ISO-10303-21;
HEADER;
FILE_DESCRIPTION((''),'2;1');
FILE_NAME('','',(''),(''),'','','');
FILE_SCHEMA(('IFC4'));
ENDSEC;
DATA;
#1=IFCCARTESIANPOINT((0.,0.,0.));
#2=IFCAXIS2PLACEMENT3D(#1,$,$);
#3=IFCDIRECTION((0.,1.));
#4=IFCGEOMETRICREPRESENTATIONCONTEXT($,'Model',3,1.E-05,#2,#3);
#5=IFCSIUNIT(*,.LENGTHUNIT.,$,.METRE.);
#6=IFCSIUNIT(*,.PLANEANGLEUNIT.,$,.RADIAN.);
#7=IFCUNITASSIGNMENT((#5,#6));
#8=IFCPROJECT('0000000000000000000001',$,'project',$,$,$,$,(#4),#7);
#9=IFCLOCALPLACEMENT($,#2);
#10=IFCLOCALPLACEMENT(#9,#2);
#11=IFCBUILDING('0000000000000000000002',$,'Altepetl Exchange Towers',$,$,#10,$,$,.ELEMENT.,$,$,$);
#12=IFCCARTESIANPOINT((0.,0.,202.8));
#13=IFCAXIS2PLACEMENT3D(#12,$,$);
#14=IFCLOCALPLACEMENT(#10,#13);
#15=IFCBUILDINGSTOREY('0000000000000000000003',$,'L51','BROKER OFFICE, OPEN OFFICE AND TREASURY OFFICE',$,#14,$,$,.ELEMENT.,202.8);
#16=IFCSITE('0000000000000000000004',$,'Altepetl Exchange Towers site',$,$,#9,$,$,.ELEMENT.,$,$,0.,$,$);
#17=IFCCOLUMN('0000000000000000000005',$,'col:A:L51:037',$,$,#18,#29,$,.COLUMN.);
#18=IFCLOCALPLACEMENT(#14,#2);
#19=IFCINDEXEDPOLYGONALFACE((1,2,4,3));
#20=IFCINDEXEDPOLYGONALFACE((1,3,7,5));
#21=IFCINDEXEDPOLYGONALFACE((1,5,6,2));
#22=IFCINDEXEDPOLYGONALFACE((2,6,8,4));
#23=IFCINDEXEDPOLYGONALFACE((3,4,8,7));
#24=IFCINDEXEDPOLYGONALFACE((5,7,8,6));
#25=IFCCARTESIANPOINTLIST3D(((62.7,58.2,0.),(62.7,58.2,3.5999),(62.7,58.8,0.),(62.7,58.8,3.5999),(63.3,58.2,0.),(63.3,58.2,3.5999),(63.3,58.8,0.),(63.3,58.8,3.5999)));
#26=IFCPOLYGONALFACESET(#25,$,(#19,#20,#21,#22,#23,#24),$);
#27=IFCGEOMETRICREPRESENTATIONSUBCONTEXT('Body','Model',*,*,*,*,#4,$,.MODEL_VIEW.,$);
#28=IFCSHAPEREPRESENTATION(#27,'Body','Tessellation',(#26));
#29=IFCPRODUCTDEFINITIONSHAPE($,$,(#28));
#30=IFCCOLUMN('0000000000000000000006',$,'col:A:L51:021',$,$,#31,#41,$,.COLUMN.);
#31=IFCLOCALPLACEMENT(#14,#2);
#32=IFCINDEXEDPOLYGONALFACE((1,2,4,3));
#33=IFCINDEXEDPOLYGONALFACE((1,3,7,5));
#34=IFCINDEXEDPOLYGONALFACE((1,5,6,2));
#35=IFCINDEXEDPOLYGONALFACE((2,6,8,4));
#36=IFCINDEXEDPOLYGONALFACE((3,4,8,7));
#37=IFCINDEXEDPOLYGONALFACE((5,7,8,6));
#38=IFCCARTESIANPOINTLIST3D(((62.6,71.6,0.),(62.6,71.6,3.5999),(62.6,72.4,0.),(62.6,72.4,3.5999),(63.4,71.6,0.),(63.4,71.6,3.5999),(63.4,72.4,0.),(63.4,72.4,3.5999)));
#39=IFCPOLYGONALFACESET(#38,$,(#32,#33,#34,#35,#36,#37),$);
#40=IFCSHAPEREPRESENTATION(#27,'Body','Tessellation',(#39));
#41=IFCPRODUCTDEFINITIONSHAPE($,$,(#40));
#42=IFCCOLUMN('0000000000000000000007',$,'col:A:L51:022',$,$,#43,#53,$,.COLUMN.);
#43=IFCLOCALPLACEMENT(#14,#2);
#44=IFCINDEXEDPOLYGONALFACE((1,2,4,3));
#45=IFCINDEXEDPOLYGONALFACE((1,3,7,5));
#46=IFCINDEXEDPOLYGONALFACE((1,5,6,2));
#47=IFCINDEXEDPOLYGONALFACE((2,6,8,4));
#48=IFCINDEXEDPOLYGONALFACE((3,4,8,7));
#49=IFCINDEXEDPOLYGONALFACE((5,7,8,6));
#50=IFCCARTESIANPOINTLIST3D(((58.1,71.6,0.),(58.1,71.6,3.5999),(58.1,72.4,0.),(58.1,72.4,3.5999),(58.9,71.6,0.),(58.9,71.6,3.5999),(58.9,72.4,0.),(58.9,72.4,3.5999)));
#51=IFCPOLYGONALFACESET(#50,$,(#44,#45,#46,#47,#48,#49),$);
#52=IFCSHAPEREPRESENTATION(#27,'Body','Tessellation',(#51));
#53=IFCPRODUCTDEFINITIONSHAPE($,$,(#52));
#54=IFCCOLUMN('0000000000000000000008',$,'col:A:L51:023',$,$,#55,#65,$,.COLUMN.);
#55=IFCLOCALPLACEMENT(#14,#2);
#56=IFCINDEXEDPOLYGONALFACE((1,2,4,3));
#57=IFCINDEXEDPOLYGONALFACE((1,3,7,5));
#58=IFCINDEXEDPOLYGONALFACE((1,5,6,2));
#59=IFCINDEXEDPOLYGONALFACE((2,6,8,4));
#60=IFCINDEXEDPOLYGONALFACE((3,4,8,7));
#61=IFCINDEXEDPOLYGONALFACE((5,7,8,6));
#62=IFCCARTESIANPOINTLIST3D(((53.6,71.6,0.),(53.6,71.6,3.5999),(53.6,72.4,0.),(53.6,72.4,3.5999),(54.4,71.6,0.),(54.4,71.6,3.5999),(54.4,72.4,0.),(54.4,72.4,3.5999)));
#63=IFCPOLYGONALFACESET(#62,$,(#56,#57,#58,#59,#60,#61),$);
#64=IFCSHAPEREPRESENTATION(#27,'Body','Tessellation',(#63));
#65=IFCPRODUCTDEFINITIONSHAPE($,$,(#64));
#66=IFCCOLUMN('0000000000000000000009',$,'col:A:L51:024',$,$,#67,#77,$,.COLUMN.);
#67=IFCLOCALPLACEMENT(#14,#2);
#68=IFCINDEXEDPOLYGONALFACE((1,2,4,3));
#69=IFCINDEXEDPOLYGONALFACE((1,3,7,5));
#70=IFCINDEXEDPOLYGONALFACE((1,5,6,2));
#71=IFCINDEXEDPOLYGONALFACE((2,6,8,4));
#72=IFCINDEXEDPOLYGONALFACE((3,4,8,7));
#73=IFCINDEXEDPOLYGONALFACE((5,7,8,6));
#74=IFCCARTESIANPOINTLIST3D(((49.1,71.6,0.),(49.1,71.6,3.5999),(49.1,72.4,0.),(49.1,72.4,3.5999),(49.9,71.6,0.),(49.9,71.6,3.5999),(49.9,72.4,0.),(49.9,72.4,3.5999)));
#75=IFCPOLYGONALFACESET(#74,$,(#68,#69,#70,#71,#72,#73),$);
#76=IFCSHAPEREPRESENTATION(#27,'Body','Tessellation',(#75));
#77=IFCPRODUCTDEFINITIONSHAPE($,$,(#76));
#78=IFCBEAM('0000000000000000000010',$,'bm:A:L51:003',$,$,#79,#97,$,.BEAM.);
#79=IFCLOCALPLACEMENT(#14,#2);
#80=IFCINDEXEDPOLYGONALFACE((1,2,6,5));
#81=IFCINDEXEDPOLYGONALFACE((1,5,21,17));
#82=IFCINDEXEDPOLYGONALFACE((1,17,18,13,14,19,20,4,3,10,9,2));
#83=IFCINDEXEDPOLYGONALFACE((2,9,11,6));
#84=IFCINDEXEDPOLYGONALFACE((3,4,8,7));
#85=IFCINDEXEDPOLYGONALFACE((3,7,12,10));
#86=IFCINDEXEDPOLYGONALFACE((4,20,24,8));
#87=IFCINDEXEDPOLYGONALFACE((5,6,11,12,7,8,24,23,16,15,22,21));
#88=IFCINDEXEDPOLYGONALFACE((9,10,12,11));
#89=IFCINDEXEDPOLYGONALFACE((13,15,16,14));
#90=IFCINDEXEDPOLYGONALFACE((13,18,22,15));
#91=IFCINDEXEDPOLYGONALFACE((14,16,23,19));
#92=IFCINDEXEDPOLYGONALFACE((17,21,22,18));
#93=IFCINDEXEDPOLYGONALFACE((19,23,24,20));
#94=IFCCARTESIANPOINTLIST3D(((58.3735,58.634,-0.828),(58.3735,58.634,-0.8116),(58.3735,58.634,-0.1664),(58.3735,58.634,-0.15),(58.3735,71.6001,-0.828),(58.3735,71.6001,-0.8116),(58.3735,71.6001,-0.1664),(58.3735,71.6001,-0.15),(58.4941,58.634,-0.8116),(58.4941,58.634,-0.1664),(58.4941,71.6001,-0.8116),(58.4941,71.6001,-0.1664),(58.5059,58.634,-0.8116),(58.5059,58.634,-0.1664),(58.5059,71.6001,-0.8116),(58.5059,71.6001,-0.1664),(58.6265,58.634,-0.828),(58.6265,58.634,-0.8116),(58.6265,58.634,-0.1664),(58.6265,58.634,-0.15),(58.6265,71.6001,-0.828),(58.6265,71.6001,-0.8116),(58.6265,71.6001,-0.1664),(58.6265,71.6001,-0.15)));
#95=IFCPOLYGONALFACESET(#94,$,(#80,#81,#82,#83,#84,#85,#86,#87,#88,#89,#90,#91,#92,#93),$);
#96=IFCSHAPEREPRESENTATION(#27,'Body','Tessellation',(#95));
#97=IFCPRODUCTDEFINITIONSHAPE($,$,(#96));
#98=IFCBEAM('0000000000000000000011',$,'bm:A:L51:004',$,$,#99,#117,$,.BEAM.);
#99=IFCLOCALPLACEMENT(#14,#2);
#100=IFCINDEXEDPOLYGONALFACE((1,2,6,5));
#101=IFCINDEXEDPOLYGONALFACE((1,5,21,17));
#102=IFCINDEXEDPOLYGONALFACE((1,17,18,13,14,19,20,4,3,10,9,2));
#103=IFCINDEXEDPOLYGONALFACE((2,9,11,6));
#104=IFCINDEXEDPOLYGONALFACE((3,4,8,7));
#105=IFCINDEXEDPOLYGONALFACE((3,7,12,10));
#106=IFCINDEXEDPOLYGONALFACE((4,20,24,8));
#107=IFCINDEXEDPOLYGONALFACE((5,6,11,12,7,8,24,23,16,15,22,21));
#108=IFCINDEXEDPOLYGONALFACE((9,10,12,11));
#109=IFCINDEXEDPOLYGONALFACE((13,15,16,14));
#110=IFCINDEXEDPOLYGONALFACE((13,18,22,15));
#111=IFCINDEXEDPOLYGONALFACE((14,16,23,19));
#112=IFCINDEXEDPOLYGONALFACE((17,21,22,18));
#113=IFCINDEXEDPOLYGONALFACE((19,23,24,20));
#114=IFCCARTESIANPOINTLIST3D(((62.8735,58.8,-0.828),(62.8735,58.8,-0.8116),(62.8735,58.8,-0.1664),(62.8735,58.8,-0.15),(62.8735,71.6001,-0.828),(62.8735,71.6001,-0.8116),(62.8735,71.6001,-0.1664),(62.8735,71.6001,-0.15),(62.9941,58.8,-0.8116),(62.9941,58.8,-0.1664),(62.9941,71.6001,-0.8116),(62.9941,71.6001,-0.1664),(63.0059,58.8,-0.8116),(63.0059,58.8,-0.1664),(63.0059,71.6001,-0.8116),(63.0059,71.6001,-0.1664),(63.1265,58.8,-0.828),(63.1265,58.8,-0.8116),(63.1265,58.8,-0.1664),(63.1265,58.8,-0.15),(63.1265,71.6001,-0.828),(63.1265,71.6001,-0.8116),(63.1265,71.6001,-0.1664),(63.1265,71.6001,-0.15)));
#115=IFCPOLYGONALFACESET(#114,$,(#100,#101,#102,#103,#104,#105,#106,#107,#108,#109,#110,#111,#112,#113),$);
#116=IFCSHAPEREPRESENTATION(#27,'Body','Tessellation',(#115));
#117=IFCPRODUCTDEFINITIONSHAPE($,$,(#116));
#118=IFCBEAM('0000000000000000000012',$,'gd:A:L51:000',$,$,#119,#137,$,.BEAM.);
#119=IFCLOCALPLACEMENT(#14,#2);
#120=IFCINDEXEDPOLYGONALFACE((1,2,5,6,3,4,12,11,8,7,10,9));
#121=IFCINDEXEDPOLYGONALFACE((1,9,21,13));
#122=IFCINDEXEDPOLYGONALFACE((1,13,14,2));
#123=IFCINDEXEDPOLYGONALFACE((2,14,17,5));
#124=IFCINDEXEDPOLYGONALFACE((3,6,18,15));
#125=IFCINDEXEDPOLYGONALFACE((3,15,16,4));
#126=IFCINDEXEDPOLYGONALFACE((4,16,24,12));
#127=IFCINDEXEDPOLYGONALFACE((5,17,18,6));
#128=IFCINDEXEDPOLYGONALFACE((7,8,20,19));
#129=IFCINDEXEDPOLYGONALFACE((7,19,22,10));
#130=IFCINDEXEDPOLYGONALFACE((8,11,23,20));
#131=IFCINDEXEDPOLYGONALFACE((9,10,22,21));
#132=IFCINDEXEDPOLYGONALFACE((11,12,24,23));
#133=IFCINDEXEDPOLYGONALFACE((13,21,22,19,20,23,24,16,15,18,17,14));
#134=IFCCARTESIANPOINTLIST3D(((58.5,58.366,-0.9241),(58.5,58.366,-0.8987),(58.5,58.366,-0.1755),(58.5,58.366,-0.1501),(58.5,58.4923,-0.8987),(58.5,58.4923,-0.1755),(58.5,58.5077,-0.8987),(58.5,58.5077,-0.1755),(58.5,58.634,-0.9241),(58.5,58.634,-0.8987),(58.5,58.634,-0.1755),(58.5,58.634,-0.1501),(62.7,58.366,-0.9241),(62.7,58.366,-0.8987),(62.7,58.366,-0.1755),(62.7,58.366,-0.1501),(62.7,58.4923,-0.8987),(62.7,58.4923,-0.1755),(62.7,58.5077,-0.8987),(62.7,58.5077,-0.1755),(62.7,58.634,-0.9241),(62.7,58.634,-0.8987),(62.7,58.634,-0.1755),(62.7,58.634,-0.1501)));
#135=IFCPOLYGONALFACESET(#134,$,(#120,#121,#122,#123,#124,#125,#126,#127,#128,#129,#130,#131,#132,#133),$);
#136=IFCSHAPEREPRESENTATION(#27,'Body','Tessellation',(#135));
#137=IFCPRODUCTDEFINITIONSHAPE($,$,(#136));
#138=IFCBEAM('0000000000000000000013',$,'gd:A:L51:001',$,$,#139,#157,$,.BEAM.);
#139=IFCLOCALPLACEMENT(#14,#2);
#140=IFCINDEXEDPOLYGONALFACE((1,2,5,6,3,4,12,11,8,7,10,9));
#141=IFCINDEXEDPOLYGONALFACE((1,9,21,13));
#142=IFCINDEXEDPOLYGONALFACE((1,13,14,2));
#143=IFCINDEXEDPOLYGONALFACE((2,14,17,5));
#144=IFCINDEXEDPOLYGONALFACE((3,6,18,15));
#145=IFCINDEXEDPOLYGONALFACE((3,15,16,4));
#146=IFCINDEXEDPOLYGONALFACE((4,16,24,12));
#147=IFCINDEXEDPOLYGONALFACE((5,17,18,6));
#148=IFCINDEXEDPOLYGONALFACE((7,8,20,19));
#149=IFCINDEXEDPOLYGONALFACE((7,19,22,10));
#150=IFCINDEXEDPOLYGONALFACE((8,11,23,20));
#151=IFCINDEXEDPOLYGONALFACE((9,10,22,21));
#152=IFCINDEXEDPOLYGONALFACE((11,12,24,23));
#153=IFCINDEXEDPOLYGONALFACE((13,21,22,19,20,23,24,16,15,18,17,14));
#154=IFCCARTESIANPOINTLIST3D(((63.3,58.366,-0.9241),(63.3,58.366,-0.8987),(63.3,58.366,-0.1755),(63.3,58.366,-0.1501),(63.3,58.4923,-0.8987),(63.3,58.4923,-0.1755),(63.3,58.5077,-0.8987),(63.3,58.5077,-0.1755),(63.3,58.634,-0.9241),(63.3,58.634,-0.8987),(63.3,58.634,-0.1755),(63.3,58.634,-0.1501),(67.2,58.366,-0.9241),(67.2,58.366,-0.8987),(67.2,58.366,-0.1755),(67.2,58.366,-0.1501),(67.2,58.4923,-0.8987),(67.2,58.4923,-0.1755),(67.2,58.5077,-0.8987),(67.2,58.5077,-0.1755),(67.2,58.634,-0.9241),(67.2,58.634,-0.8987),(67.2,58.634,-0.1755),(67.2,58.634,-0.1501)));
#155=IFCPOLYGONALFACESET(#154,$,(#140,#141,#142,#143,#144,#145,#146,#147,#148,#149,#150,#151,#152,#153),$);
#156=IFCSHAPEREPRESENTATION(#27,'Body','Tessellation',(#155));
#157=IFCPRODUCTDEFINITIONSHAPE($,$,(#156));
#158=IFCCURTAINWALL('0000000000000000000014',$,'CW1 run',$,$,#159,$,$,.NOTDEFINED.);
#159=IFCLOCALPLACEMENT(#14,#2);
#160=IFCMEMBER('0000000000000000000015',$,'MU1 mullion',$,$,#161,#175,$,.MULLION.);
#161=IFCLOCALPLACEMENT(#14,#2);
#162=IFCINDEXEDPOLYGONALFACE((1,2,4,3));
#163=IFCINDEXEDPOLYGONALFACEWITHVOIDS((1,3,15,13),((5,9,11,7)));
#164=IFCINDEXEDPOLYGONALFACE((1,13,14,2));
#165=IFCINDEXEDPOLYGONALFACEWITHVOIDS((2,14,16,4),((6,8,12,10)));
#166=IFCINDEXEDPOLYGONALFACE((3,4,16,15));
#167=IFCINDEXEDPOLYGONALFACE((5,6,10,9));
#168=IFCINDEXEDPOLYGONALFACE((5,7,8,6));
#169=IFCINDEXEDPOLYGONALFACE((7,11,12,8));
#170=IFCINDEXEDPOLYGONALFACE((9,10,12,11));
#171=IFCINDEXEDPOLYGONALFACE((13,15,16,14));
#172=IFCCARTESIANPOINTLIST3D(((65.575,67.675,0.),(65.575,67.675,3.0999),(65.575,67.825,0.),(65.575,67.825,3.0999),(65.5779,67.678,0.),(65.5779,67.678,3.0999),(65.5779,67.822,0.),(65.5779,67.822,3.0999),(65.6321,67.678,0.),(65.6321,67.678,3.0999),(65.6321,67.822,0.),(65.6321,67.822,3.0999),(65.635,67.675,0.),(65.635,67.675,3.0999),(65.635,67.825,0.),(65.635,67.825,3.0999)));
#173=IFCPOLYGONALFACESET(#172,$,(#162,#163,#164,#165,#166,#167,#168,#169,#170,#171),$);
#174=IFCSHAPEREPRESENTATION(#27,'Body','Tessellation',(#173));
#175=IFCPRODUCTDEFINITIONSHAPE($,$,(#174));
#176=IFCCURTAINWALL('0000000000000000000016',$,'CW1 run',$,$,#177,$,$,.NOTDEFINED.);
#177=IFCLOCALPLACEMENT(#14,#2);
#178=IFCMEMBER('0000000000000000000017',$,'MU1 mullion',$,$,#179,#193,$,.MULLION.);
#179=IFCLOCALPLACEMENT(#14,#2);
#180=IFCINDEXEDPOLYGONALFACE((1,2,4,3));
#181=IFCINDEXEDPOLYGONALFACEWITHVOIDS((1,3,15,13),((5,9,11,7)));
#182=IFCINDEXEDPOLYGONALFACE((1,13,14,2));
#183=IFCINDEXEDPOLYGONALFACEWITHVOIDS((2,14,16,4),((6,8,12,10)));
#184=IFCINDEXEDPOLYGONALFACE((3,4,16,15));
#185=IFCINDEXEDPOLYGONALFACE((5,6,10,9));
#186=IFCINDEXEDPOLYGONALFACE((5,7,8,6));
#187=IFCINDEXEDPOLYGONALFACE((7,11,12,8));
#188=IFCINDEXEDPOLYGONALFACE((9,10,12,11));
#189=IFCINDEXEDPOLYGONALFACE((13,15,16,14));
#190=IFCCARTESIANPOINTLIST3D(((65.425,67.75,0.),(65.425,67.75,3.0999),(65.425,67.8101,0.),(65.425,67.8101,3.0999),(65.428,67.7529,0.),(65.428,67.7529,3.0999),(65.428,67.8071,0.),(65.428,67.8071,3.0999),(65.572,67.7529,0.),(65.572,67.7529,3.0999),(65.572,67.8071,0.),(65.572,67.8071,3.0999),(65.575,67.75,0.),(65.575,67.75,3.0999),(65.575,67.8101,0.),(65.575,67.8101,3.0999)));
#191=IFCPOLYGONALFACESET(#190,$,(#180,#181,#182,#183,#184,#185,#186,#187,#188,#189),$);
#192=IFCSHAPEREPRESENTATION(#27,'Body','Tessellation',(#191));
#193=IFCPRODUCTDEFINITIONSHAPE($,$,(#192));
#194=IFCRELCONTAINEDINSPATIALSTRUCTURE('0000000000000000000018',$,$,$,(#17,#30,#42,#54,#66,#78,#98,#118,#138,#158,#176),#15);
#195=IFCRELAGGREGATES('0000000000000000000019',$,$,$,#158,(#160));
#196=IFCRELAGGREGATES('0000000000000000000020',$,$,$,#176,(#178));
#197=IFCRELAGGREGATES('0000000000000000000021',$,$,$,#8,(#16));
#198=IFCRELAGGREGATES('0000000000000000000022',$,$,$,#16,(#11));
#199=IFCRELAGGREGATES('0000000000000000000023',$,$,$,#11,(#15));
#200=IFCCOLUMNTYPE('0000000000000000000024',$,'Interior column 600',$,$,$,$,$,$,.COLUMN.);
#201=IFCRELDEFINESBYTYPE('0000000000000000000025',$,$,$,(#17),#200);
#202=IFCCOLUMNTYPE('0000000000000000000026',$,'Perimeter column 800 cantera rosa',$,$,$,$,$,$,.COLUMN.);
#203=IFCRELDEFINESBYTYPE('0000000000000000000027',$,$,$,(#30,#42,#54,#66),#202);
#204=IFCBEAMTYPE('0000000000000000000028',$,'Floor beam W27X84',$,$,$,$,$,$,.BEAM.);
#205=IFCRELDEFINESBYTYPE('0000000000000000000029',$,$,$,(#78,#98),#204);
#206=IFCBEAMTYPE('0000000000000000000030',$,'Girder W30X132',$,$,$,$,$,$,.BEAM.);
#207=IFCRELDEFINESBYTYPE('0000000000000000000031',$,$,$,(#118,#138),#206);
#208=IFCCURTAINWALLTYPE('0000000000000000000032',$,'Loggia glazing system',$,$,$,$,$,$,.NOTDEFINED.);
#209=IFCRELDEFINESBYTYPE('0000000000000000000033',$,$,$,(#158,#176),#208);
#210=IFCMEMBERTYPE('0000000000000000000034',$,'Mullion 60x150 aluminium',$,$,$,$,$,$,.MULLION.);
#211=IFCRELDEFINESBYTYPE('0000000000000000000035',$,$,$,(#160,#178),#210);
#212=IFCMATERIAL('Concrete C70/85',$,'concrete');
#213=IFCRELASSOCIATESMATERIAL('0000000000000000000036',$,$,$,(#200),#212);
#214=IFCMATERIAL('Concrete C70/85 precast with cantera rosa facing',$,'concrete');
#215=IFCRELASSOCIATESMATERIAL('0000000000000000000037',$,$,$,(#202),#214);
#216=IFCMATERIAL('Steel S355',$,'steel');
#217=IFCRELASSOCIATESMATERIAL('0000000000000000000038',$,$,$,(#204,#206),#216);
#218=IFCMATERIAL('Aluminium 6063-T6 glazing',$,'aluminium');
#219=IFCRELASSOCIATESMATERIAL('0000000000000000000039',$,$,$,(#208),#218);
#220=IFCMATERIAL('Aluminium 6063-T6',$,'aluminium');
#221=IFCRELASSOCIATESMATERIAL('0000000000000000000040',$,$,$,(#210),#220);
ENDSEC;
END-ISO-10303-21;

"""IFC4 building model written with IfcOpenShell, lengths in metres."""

from ifc_helpers import new_model, si_unit, direction, frame, origin, origin_2d, place, context, subcontext, project, spatial, rectangle, hollow_rectangle, i_section, extrude, material, material_profile, profile_set, type_object, element, aggregate, save


model = new_model("IFC4")

# Units and contexts
model_context = context("Model", 3, precision=1e-05, world=origin(), true_north=direction((0.0, 1.0)))
body_context = subcontext(model_context, "Body", "Model", "MODEL_VIEW")
ifc_project = project(units=[si_unit("LENGTHUNIT", "METRE"), si_unit("PLANEANGLEUNIT", "RADIAN")], contexts=[model_context])

# Site, building, storey
site_placement = place(None, origin())
site = spatial("IfcSite", under=ifc_project, at=site_placement, Name="Altepetl Exchange Towers site", CompositionType="ELEMENT", RefElevation=0.0)
building_placement = place(site_placement, origin())
building = spatial("IfcBuilding", under=site, at=building_placement, Name="Altepetl Exchange Towers", CompositionType="ELEMENT")
storey_placement = place(building_placement, frame((0.0, 0.0, 202.8)))
storey = spatial("IfcBuildingStorey", under=building, at=storey_placement, Name="L51", Description="BROKER OFFICE, OPEN OFFICE AND TREASURY OFFICE", CompositionType="ELEMENT", Elevation=202.8)

# Columns
ifc_material_1 = material(Name="Concrete C70/85", Category="concrete")
ifc_material_profile_1 = material_profile(ifc_material_1, rectangle(XDim=0.6001, YDim=0.6001, at=origin_2d()), Name="600 x 600")
ifc_profile_set_1 = profile_set([ifc_material_profile_1], Name="Concrete C70/85")
column_type_1 = type_object("IfcColumnType", Name="Interior column 600", PredefinedType="COLUMN", material=ifc_profile_set_1)
column_placement = place(storey_placement, frame((63.0, 58.5, 0.0)))
element("IfcColumn", 1, at=column_placement, inside=storey, type_object=column_type_1, Name="col:A:L51:037", PredefinedType="COLUMN", context=body_context, shape_type="SweptSolid", body=[
    extrude(rectangle(XDim=0.6001, YDim=0.6001, at=origin_2d()), origin(), (0.0, 0.0, 1.0), 3.5999),
])
ifc_material_2 = material(Name="Concrete C70/85 precast with cantera rosa facing", Category="concrete")
ifc_material_profile_2 = material_profile(ifc_material_2, rectangle(XDim=0.8, YDim=0.8, at=origin_2d()), Name="800 x 800")
ifc_profile_set_2 = profile_set([ifc_material_profile_2], Name="Concrete C70/85 precast with cantera rosa facing")
column_type_2 = type_object("IfcColumnType", Name="Perimeter column 800 cantera rosa", PredefinedType="COLUMN", material=ifc_profile_set_2)
for number, where, name in (
    (2, (63.0, 72.0, 0.0), "col:A:L51:021"),
    (3, (58.5, 72.0, 0.0), "col:A:L51:022"),
    (4, (54.0, 72.0, 0.0), "col:A:L51:023"),
    (5, (49.5, 72.0, 0.0), "col:A:L51:024"),
):
    element("IfcColumn", number, at=place(storey_placement, frame(where)), inside=storey, type_object=column_type_2, Name=name, PredefinedType="COLUMN", context=body_context, shape_type="SweptSolid", body=[
        extrude(rectangle(XDim=0.8, YDim=0.8, at=origin_2d()), origin(), (0.0, 0.0, 1.0), 3.5999),
    ])

# Beams
ifc_material_3 = material(Name="Steel S355", Category="steel")
ifc_material_profile_3 = material_profile(ifc_material_3, i_section(OverallWidth=0.2529, OverallDepth=0.678, WebThickness=0.0117, FlangeThickness=0.0164, at=origin_2d()), Name="W27X84")
ifc_profile_set_3 = profile_set([ifc_material_profile_3], Name="Steel S355")
beam_type_1 = type_object("IfcBeamType", Name="Floor beam W27X84", PredefinedType="BEAM", material=ifc_profile_set_3)
beam_1_placement = place(storey_placement, frame((58.5, 58.634, -0.489), z_axis=(0.0, 1.0, 0.0), x_axis=(-1.0, 0.0, 0.0)))
element("IfcBeam", 6, at=beam_1_placement, inside=storey, type_object=beam_type_1, Name="bm:A:L51:003", PredefinedType="BEAM", context=body_context, shape_type="SweptSolid", body=[
    extrude(i_section(OverallWidth=0.2529, OverallDepth=0.678, WebThickness=0.0117, FlangeThickness=0.0164, at=origin_2d()), origin(), (0.0, 0.0, 1.0), 12.9661),
])
beam_2_placement = place(storey_placement, frame((63.0, 58.8, -0.489), z_axis=(0.0, 1.0, 0.0), x_axis=(-1.0, 0.0, 0.0)))
element("IfcBeam", 7, at=beam_2_placement, inside=storey, type_object=beam_type_1, Name="bm:A:L51:004", PredefinedType="BEAM", context=body_context, shape_type="SweptSolid", body=[
    extrude(i_section(OverallWidth=0.2529, OverallDepth=0.678, WebThickness=0.0117, FlangeThickness=0.0164, at=origin_2d()), origin(), (0.0, 0.0, 1.0), 12.8),
])
ifc_material_profile_4 = material_profile(ifc_material_3, i_section(OverallWidth=0.2681, OverallDepth=0.7739, WebThickness=0.0154, FlangeThickness=0.0254, at=origin_2d()), Name="W30X132")
ifc_profile_set_4 = profile_set([ifc_material_profile_4], Name="Steel S355")
beam_type_2 = type_object("IfcBeamType", Name="Girder W30X132", PredefinedType="BEAM", material=ifc_profile_set_4)
beam_3_placement = place(storey_placement, frame((58.5, 58.5, -0.5371), z_axis=(1.0, 0.0, 0.0), x_axis=(0.0, 1.0, 0.0)))
element("IfcBeam", 8, at=beam_3_placement, inside=storey, type_object=beam_type_2, Name="gd:A:L51:000", PredefinedType="BEAM", context=body_context, shape_type="SweptSolid", body=[
    extrude(i_section(OverallWidth=0.2681, OverallDepth=0.7739, WebThickness=0.0154, FlangeThickness=0.0254, at=origin_2d()), origin(), (0.0, 0.0, 1.0), 4.2),
])
beam_4_placement = place(storey_placement, frame((63.3, 58.5, -0.5371), z_axis=(1.0, 0.0, 0.0), x_axis=(0.0, 1.0, 0.0)))
element("IfcBeam", 9, at=beam_4_placement, inside=storey, type_object=beam_type_2, Name="gd:A:L51:001", PredefinedType="BEAM", context=body_context, shape_type="SweptSolid", body=[
    extrude(i_section(OverallWidth=0.2681, OverallDepth=0.7739, WebThickness=0.0154, FlangeThickness=0.0254, at=origin_2d()), origin(), (0.0, 0.0, 1.0), 3.8999),
])

# Curtain wall, member
ifc_material_4 = material(Name="Aluminium 6063-T6 glazing", Category="aluminium")
curtain_wall_type = type_object("IfcCurtainWallType", Name="Loggia glazing system", PredefinedType="NOTDEFINED", material=ifc_material_4)
curtain_wall_1_placement = place(storey_placement, origin())
curtain_wall_1 = element("IfcCurtainWall", 10, at=curtain_wall_1_placement, inside=storey, type_object=curtain_wall_type, Name="CW1 run", PredefinedType="NOTDEFINED")
ifc_material_5 = material(Name="Aluminium 6063-T6", Category="aluminium")
ifc_material_profile_5 = material_profile(ifc_material_5, hollow_rectangle(XDim=0.0601, YDim=0.1499, WallThickness=0.0029, at=origin_2d()), Name="Mullion 60x150 aluminium")
ifc_profile_set_5 = profile_set([ifc_material_profile_5], Name="Aluminium 6063-T6")
member_type = type_object("IfcMemberType", Name="Mullion 60x150 aluminium", PredefinedType="MULLION", material=ifc_profile_set_5)
member_1_placement = place(storey_placement, frame((65.605, 67.75, 0.0), z_axis=(0.0, 0.0, 1.0), x_axis=(-1.0, 0.0, 0.0)))
member_1 = element("IfcMember", 11, at=member_1_placement, type_object=member_type, Name="MU1 mullion", PredefinedType="MULLION", context=body_context, shape_type="SweptSolid", body=[
    extrude(hollow_rectangle(XDim=0.0601, YDim=0.1499, WallThickness=0.0029, at=origin_2d()), origin(), (0.0, 0.0, 1.0), 3.0999),
])

# Curtain wall, member
curtain_wall_2_placement = place(storey_placement, origin())
curtain_wall_2 = element("IfcCurtainWall", 12, at=curtain_wall_2_placement, inside=storey, type_object=curtain_wall_type, Name="CW1 run", PredefinedType="NOTDEFINED")
member_2_placement = place(storey_placement, frame((65.5, 67.78, 0.0), z_axis=(0.0, 0.0, 1.0), x_axis=(0.0, 1.0, 0.0)))
member_2 = element("IfcMember", 13, at=member_2_placement, type_object=member_type, Name="MU1 mullion", PredefinedType="MULLION", context=body_context, shape_type="SweptSolid", body=[
    extrude(hollow_rectangle(XDim=0.0601, YDim=0.1499, WallThickness=0.0029, at=origin_2d()), origin(), (0.0, 0.0, 1.0), 3.0999),
])

aggregate(curtain_wall_1, [member_1])
aggregate(curtain_wall_2, [member_2])

save(model, "model.ifc")
